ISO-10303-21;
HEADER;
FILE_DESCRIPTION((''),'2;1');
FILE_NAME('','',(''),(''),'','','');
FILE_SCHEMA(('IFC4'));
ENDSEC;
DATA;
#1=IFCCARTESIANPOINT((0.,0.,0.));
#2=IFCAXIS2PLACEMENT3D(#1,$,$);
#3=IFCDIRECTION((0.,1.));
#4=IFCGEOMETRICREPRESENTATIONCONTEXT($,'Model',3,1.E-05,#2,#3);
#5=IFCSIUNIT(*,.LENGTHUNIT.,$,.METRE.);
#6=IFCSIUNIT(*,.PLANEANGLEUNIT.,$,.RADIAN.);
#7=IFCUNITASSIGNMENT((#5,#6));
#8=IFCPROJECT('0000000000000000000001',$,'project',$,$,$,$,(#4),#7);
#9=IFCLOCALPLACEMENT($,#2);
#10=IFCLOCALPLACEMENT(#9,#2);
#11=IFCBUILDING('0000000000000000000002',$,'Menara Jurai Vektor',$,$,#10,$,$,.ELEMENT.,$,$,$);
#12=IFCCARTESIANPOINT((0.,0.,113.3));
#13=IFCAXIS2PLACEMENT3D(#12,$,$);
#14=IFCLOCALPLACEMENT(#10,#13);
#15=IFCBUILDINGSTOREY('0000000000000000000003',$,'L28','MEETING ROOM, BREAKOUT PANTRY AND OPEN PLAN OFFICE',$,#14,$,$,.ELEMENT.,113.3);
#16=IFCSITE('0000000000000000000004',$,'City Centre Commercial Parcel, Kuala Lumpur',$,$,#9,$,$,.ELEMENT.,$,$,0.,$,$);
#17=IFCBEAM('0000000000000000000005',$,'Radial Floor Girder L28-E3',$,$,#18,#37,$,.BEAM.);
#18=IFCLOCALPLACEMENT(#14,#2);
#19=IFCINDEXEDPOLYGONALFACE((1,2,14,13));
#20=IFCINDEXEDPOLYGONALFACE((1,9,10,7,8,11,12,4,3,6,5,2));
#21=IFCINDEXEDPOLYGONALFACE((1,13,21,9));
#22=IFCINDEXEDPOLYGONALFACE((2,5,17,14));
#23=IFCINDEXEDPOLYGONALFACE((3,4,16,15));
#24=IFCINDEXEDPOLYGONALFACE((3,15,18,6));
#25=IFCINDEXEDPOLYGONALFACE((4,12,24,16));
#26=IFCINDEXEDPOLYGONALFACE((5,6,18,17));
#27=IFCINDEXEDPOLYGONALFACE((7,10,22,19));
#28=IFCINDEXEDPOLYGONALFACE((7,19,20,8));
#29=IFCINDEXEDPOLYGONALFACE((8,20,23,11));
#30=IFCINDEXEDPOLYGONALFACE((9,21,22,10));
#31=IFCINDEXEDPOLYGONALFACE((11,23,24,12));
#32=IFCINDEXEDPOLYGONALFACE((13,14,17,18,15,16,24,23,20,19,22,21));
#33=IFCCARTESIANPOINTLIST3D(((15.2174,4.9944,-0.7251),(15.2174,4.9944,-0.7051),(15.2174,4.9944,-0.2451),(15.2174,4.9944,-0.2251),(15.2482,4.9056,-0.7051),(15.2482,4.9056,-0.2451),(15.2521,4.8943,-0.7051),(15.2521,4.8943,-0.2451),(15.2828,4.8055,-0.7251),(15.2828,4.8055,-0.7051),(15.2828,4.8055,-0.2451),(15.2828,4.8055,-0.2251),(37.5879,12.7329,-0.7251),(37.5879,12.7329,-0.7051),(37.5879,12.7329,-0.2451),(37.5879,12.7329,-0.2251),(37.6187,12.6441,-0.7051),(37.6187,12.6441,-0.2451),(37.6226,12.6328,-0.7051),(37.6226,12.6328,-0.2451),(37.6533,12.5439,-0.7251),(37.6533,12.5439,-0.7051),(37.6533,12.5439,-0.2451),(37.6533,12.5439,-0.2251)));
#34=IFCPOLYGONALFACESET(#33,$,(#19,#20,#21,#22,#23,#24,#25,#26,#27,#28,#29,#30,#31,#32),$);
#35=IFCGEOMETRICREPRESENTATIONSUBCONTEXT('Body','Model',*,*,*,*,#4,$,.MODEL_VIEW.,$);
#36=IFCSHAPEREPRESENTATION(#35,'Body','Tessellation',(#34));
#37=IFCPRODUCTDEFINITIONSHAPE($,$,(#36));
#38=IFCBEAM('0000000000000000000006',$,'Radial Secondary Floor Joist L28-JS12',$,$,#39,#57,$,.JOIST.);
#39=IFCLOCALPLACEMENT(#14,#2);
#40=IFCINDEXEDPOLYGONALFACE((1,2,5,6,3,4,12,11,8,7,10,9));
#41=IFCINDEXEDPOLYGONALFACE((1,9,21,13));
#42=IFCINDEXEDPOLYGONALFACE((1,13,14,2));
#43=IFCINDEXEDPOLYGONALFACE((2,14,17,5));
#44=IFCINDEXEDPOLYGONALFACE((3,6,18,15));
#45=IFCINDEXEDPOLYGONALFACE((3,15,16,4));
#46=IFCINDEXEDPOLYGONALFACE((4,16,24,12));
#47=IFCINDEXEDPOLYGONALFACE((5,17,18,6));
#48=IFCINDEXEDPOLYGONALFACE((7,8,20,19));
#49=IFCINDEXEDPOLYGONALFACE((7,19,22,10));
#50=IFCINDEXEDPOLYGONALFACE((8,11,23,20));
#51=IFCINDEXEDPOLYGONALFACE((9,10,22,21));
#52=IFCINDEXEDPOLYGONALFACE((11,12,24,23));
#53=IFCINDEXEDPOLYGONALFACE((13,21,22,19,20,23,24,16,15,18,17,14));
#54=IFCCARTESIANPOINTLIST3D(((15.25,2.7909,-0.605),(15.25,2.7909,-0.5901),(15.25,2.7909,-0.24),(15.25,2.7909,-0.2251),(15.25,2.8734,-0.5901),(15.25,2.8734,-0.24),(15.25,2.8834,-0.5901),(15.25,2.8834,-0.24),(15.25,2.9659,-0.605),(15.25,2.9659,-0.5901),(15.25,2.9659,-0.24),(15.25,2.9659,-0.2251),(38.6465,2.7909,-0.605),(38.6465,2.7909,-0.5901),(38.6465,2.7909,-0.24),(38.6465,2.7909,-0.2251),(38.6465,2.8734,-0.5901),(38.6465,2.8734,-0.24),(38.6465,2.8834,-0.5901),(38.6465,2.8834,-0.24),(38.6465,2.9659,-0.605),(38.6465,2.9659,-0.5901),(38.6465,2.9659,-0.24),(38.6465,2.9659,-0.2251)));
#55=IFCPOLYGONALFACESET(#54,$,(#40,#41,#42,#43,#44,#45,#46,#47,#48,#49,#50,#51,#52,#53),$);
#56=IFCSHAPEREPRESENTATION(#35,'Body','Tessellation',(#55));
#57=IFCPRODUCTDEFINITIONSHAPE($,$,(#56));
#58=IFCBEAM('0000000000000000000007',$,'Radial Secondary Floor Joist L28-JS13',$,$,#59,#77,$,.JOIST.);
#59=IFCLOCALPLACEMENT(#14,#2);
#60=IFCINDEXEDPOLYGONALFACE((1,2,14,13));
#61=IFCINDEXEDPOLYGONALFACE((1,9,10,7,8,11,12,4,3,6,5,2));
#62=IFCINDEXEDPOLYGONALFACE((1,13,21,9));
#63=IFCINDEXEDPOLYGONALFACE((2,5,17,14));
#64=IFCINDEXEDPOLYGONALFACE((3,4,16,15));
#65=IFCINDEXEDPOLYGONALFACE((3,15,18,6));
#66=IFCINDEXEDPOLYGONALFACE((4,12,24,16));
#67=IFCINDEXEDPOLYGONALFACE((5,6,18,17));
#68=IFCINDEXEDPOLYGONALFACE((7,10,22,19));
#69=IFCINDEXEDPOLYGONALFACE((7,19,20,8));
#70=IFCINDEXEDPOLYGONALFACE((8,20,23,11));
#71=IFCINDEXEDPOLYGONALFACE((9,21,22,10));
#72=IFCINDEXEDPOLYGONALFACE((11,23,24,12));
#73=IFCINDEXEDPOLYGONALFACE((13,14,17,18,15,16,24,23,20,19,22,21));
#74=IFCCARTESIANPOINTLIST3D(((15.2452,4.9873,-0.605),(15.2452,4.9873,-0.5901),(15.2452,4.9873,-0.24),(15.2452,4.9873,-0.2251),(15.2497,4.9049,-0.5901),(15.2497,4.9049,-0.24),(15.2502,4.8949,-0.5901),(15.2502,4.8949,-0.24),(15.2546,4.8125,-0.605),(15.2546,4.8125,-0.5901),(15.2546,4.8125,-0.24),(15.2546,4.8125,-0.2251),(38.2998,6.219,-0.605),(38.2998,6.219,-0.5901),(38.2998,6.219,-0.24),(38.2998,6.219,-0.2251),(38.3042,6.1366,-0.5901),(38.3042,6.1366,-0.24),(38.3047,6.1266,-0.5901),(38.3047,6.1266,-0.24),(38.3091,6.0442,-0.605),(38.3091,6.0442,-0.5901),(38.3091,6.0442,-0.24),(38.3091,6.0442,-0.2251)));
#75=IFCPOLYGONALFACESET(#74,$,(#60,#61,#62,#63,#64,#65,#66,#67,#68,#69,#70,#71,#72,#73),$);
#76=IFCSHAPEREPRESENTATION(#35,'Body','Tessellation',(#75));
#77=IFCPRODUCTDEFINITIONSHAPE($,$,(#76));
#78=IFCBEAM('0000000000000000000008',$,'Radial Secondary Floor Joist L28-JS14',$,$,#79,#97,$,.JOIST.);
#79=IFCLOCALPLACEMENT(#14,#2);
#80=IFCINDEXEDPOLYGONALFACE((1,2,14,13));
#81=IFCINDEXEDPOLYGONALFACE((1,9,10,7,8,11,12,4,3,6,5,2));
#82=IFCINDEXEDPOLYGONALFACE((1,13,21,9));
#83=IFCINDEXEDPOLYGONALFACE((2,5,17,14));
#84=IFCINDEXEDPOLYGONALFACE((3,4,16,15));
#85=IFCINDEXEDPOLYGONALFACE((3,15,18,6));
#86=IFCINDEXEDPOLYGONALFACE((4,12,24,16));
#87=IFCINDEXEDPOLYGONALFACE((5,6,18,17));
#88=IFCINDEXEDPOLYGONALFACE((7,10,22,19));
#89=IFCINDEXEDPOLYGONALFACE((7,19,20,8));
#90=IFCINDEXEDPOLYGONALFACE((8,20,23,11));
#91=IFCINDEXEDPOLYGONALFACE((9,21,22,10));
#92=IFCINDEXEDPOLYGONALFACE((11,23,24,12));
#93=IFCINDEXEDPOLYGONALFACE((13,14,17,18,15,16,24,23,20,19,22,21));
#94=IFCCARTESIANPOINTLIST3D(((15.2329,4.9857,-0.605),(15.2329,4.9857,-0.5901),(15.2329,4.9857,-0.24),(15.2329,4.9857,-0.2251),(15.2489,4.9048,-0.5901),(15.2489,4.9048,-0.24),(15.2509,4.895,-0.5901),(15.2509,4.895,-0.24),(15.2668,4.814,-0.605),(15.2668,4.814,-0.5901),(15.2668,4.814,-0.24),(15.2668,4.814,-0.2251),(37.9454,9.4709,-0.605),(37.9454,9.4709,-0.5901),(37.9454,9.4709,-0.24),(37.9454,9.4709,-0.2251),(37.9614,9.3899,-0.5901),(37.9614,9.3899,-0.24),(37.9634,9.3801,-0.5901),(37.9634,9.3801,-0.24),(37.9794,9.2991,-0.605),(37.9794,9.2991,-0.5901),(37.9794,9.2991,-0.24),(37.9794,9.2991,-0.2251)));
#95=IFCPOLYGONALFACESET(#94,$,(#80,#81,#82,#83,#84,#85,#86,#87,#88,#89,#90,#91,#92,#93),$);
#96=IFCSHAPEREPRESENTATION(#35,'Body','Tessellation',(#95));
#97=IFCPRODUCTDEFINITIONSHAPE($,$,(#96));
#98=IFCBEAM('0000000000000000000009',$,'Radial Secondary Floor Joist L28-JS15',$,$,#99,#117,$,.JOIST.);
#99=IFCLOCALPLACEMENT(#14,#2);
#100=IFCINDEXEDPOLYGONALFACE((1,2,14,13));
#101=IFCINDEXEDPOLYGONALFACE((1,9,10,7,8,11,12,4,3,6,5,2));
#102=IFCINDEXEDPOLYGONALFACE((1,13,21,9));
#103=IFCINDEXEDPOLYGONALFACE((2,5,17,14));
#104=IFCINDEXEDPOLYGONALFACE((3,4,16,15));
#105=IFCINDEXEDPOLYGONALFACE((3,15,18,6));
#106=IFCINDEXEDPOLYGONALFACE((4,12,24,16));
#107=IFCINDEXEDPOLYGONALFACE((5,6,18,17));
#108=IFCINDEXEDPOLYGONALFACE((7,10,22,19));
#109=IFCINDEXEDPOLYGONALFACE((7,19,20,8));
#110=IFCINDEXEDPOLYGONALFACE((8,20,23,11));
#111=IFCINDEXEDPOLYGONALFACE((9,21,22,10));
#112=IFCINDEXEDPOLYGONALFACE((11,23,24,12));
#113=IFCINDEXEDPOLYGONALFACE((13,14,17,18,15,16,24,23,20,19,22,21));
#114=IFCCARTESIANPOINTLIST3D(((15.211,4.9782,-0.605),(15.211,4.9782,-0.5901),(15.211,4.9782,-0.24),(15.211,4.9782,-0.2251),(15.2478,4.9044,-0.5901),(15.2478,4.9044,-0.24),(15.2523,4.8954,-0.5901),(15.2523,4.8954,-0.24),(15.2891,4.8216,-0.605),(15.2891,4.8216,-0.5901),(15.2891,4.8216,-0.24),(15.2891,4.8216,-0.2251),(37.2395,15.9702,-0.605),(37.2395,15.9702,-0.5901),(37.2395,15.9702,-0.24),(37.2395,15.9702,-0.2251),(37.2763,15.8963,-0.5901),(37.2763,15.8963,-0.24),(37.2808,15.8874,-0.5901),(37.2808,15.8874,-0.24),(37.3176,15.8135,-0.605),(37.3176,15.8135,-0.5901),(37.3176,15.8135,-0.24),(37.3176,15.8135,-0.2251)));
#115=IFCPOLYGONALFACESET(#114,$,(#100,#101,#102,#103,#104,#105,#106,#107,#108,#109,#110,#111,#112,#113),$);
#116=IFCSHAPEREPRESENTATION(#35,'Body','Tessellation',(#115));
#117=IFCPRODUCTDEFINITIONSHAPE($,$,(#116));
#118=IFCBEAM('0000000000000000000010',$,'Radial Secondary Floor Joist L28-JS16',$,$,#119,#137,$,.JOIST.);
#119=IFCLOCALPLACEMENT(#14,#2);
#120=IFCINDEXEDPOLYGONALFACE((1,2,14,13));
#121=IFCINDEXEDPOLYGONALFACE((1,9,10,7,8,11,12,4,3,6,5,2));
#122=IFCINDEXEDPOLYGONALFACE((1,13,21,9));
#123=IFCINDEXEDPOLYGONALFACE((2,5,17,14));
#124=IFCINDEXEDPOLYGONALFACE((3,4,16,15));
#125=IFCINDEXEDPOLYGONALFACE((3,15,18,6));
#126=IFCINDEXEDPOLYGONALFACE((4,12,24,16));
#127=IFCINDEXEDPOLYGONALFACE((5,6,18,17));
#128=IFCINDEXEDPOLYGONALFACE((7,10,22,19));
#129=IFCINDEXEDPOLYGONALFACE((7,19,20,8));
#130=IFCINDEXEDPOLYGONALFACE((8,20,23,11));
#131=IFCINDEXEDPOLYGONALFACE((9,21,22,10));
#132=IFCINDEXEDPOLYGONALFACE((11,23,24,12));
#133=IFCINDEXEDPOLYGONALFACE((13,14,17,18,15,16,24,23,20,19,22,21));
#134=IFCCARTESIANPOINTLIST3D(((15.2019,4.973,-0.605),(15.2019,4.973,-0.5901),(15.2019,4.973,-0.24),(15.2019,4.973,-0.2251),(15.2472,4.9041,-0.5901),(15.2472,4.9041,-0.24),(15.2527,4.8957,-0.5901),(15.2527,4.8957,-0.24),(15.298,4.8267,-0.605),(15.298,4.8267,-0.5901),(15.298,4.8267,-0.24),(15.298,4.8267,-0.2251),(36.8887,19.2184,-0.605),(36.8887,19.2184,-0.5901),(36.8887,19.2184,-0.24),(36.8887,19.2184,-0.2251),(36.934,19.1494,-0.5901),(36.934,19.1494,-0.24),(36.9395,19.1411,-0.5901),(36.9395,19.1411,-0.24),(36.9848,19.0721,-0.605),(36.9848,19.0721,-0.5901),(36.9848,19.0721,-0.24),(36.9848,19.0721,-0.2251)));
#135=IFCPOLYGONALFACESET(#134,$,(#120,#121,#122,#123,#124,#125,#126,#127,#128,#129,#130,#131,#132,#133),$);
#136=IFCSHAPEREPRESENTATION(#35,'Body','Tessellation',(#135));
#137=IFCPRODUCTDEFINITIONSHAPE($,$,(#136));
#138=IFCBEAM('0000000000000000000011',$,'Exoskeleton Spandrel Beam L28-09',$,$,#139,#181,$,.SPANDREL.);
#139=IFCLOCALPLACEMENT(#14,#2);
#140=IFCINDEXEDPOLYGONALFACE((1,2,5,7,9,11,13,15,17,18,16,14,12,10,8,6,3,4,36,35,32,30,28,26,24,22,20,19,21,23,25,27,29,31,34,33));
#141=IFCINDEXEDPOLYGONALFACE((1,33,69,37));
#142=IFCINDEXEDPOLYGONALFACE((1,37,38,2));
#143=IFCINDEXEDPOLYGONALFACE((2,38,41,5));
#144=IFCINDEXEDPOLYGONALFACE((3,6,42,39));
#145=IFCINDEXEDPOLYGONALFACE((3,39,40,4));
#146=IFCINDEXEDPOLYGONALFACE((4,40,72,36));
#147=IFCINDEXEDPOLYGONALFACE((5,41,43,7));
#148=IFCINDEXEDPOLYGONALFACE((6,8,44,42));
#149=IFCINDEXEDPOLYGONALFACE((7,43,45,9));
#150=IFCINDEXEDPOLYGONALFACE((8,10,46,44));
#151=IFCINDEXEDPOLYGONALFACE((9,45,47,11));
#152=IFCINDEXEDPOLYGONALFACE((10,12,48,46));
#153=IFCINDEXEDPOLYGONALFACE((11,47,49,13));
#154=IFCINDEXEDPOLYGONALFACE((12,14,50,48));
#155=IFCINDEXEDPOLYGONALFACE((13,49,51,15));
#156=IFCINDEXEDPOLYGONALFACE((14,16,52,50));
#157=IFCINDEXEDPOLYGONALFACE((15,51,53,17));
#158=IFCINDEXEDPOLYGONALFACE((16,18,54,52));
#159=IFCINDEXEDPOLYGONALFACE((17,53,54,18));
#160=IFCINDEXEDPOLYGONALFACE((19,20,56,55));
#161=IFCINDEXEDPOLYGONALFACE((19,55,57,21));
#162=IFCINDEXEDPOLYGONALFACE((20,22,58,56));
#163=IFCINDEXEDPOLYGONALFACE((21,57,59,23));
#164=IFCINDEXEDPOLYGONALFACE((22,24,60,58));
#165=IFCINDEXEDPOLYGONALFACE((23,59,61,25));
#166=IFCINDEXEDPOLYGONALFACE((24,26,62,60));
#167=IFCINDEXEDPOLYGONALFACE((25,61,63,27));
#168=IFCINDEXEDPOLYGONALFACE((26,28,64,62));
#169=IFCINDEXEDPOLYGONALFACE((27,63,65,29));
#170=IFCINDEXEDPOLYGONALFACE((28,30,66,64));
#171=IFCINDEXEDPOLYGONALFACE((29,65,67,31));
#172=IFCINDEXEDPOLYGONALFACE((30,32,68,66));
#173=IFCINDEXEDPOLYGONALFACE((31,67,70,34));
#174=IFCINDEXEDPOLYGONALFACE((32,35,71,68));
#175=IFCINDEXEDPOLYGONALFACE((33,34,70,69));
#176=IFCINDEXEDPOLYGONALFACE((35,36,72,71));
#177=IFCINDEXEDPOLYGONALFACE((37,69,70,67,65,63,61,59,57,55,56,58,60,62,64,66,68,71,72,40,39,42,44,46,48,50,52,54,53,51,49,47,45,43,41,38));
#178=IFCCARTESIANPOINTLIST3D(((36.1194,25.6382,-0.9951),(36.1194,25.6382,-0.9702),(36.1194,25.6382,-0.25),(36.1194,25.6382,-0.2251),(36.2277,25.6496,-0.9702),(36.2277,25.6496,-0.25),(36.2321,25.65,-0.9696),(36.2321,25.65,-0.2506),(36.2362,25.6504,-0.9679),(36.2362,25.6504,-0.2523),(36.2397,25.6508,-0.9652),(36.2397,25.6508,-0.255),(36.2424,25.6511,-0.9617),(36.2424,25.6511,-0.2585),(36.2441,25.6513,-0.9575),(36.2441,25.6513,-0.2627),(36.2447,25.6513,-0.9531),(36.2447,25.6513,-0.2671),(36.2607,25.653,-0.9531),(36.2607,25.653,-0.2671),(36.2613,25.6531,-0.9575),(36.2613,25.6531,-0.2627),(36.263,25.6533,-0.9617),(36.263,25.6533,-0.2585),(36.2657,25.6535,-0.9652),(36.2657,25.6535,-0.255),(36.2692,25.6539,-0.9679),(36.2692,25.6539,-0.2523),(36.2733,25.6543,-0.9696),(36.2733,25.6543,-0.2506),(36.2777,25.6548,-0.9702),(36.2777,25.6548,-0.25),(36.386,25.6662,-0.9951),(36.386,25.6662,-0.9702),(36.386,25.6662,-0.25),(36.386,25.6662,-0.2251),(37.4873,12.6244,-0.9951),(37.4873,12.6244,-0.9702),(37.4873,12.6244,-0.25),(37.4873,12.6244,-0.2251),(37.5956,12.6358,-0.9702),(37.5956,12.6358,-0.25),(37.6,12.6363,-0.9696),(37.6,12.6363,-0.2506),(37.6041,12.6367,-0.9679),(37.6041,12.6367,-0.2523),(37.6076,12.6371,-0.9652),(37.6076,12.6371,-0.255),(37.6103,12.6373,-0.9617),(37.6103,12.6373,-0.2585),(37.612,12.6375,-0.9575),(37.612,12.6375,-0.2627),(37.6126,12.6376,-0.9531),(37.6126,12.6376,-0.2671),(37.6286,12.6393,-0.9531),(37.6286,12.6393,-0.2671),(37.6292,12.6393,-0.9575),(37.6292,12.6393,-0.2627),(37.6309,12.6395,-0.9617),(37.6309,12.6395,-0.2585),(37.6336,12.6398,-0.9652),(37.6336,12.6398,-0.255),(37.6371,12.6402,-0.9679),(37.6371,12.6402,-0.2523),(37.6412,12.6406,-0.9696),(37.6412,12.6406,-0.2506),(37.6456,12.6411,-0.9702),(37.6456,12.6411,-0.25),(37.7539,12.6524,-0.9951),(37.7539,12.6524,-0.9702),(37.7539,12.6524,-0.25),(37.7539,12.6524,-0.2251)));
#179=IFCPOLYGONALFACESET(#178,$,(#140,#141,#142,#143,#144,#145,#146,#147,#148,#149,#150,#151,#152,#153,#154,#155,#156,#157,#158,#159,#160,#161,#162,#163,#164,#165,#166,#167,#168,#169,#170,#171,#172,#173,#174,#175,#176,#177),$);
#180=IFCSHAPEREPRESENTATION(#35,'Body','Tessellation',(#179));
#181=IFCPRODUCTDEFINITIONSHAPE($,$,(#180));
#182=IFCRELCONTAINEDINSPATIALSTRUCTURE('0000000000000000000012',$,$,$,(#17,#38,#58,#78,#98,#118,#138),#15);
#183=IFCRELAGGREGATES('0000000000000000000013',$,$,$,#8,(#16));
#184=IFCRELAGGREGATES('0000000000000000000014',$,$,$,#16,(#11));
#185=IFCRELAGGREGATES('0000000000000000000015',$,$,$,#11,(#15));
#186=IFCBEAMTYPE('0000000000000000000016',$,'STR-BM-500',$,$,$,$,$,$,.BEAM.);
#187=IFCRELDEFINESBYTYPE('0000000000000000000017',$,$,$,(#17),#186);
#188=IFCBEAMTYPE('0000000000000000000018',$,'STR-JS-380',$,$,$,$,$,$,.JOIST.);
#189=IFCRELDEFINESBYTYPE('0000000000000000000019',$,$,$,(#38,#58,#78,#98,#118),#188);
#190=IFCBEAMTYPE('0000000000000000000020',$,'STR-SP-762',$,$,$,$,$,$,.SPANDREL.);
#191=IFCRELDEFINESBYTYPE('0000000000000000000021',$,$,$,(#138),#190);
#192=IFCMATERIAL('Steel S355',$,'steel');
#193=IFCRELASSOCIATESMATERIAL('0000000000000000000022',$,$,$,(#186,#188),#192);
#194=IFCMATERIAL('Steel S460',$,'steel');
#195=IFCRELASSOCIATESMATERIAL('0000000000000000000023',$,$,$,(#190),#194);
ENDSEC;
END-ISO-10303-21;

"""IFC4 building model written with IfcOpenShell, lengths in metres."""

from ifc_helpers import new_model, si_unit, direction, frame, origin, origin_2d, place, context, subcontext, project, spatial, i_section, extrude, material, material_profile, profile_set, type_object, element, save


model = new_model("IFC4")

# Units and contexts
model_context = context("Model", 3, precision=1e-05, world=origin(), true_north=direction((0.0, 1.0)))
body_context = subcontext(model_context, "Body", "Model", "MODEL_VIEW")
ifc_project = project(units=[si_unit("LENGTHUNIT", "METRE"), si_unit("PLANEANGLEUNIT", "RADIAN")], contexts=[model_context])

# Site, building, storey
site_placement = place(None, origin())
site = spatial("IfcSite", under=ifc_project, at=site_placement, Name="City Centre Commercial Parcel, Kuala Lumpur", CompositionType="ELEMENT", RefElevation=0.0)
building_placement = place(site_placement, origin())
building = spatial("IfcBuilding", under=site, at=building_placement, Name="Menara Jurai Vektor", CompositionType="ELEMENT")
storey_placement = place(building_placement, frame((0.0, 0.0, 113.3)))
storey = spatial("IfcBuildingStorey", under=building, at=storey_placement, Name="L28", Description="MEETING ROOM, BREAKOUT PANTRY AND OPEN PLAN OFFICE", CompositionType="ELEMENT", Elevation=113.3)

# Shared definitions
ifc_material_1 = material(Name="Steel S460", Category="steel")

# Beams
ifc_material_2 = material(Name="Steel S355", Category="steel")
ifc_material_profile_1 = material_profile(ifc_material_2, i_section(OverallWidth=0.2, OverallDepth=0.5, WebThickness=0.012, FlangeThickness=0.02, at=origin_2d()), Name="PG 500x200x96")
ifc_profile_set_1 = profile_set([ifc_material_profile_1], Name="Steel S355")
beam_type_1 = type_object("IfcBeamType", Name="STR-BM-500", PredefinedType="BEAM", material=ifc_profile_set_1)
beam_1_placement = place(storey_placement, frame((37.6206, 12.6384, -0.4751), z_axis=(-0.945053, -0.326916, 0.0), x_axis=(0.326916, -0.945053, 0.0)))
element("IfcBeam", 1, at=beam_1_placement, inside=storey, type_object=beam_type_1, Name="Radial Floor Girder L28-E3", PredefinedType="BEAM", context=body_context, shape_type="SweptSolid", body=[
    extrude(i_section(OverallWidth=0.2, OverallDepth=0.5, WebThickness=0.012, FlangeThickness=0.02, at=origin_2d()), origin(), (0.0, 0.0, 1.0), 23.6711),
])
ifc_material_profile_2 = material_profile(ifc_material_2, i_section(OverallWidth=0.175, OverallDepth=0.3799, WebThickness=0.01, FlangeThickness=0.0149, at=origin_2d()), Name="PG 380x175x58")
ifc_profile_set_2 = profile_set([ifc_material_profile_2], Name="Steel S355")
beam_type_2 = type_object("IfcBeamType", Name="STR-JS-380", PredefinedType="JOIST", material=ifc_profile_set_2)
beam_2_placement = place(storey_placement, frame((38.6465, 2.8784, -0.415), z_axis=(-1.0, 0.0, 0.0), x_axis=(0.0, -1.0, 0.0)))
element("IfcBeam", 2, at=beam_2_placement, inside=storey, type_object=beam_type_2, Name="Radial Secondary Floor Joist L28-JS12", PredefinedType="JOIST", context=body_context, shape_type="SweptSolid", body=[
    extrude(i_section(OverallWidth=0.175, OverallDepth=0.3799, WebThickness=0.01, FlangeThickness=0.0149, at=origin_2d()), origin(), (0.0, 0.0, 1.0), 23.3965),
])
beam_3_placement = place(storey_placement, frame((38.3044, 6.1316, -0.415), z_axis=(-0.998576, -0.053349, 0.0), x_axis=(0.053349, -0.998576, 0.0)))
element("IfcBeam", 3, at=beam_3_placement, inside=storey, type_object=beam_type_2, Name="Radial Secondary Floor Joist L28-JS13", PredefinedType="JOIST", context=body_context, shape_type="SweptSolid", body=[
    extrude(i_section(OverallWidth=0.175, OverallDepth=0.3799, WebThickness=0.01, FlangeThickness=0.0149, at=origin_2d()), origin(), (0.0, 0.0, 1.0), 23.0874),
])
beam_4_placement = place(storey_placement, frame((37.9624, 9.385, -0.415), z_axis=(-0.981054, -0.193733, 0.0), x_axis=(0.193733, -0.981054, 0.0)))
element("IfcBeam", 4, at=beam_4_placement, inside=storey, type_object=beam_type_2, Name="Radial Secondary Floor Joist L28-JS14", PredefinedType="JOIST", context=body_context, shape_type="SweptSolid", body=[
    extrude(i_section(OverallWidth=0.175, OverallDepth=0.3799, WebThickness=0.01, FlangeThickness=0.0149, at=origin_2d()), origin(), (0.0, 0.0, 1.0), 23.1511),
])
beam_5_placement = place(storey_placement, frame((37.2786, 15.8918, -0.415), z_axis=(-0.89479, -0.446488, 0.0), x_axis=(0.446488, -0.89479, 0.0)))
element("IfcBeam", 5, at=beam_5_placement, inside=storey, type_object=beam_type_2, Name="Radial Secondary Floor Joist L28-JS15", PredefinedType="JOIST", context=body_context, shape_type="SweptSolid", body=[
    extrude(i_section(OverallWidth=0.175, OverallDepth=0.3799, WebThickness=0.01, FlangeThickness=0.0149, at=origin_2d()), origin(), (0.0, 0.0, 1.0), 24.6187),
])
beam_6_placement = place(storey_placement, frame((36.9368, 19.1453, -0.415), z_axis=(-0.835811, -0.549018, 0.0), x_axis=(0.549018, -0.835811, 0.0)))
element("IfcBeam", 6, at=beam_6_placement, inside=storey, type_object=beam_type_2, Name="Radial Secondary Floor Joist L28-JS16", PredefinedType="JOIST", context=body_context, shape_type="SweptSolid", body=[
    extrude(i_section(OverallWidth=0.175, OverallDepth=0.3799, WebThickness=0.01, FlangeThickness=0.0149, at=origin_2d()), origin(), (0.0, 0.0, 1.0), 25.947),
])
ifc_material_profile_3 = material_profile(ifc_material_1, i_section(OverallWidth=0.2681, OverallDepth=0.77, WebThickness=0.0161, FlangeThickness=0.0249, FilletRadius=0.0171, at=origin_2d()), Name="UKB 762x267x197")
ifc_profile_set_3 = profile_set([ifc_material_profile_3], Name="Steel S460")
beam_type_3 = type_object("IfcBeamType", Name="STR-SP-762", PredefinedType="SPANDREL", material=ifc_profile_set_3)
beam_7_placement = place(storey_placement, frame((37.6206, 12.6384, -0.6101), z_axis=(-0.104538, 0.994521, 0.0), x_axis=(-0.994521, -0.104538, 0.0)))
element("IfcBeam", 7, at=beam_7_placement, inside=storey, type_object=beam_type_3, Name="Exoskeleton Spandrel Beam L28-09", PredefinedType="SPANDREL", context=body_context, shape_type="SweptSolid", body=[
    extrude(i_section(OverallWidth=0.2681, OverallDepth=0.77, WebThickness=0.0161, FlangeThickness=0.0249, FilletRadius=0.0171, at=origin_2d()), origin(), (0.0, 0.0, 1.0), 13.0854),
])

save(model, "model.ifc")
